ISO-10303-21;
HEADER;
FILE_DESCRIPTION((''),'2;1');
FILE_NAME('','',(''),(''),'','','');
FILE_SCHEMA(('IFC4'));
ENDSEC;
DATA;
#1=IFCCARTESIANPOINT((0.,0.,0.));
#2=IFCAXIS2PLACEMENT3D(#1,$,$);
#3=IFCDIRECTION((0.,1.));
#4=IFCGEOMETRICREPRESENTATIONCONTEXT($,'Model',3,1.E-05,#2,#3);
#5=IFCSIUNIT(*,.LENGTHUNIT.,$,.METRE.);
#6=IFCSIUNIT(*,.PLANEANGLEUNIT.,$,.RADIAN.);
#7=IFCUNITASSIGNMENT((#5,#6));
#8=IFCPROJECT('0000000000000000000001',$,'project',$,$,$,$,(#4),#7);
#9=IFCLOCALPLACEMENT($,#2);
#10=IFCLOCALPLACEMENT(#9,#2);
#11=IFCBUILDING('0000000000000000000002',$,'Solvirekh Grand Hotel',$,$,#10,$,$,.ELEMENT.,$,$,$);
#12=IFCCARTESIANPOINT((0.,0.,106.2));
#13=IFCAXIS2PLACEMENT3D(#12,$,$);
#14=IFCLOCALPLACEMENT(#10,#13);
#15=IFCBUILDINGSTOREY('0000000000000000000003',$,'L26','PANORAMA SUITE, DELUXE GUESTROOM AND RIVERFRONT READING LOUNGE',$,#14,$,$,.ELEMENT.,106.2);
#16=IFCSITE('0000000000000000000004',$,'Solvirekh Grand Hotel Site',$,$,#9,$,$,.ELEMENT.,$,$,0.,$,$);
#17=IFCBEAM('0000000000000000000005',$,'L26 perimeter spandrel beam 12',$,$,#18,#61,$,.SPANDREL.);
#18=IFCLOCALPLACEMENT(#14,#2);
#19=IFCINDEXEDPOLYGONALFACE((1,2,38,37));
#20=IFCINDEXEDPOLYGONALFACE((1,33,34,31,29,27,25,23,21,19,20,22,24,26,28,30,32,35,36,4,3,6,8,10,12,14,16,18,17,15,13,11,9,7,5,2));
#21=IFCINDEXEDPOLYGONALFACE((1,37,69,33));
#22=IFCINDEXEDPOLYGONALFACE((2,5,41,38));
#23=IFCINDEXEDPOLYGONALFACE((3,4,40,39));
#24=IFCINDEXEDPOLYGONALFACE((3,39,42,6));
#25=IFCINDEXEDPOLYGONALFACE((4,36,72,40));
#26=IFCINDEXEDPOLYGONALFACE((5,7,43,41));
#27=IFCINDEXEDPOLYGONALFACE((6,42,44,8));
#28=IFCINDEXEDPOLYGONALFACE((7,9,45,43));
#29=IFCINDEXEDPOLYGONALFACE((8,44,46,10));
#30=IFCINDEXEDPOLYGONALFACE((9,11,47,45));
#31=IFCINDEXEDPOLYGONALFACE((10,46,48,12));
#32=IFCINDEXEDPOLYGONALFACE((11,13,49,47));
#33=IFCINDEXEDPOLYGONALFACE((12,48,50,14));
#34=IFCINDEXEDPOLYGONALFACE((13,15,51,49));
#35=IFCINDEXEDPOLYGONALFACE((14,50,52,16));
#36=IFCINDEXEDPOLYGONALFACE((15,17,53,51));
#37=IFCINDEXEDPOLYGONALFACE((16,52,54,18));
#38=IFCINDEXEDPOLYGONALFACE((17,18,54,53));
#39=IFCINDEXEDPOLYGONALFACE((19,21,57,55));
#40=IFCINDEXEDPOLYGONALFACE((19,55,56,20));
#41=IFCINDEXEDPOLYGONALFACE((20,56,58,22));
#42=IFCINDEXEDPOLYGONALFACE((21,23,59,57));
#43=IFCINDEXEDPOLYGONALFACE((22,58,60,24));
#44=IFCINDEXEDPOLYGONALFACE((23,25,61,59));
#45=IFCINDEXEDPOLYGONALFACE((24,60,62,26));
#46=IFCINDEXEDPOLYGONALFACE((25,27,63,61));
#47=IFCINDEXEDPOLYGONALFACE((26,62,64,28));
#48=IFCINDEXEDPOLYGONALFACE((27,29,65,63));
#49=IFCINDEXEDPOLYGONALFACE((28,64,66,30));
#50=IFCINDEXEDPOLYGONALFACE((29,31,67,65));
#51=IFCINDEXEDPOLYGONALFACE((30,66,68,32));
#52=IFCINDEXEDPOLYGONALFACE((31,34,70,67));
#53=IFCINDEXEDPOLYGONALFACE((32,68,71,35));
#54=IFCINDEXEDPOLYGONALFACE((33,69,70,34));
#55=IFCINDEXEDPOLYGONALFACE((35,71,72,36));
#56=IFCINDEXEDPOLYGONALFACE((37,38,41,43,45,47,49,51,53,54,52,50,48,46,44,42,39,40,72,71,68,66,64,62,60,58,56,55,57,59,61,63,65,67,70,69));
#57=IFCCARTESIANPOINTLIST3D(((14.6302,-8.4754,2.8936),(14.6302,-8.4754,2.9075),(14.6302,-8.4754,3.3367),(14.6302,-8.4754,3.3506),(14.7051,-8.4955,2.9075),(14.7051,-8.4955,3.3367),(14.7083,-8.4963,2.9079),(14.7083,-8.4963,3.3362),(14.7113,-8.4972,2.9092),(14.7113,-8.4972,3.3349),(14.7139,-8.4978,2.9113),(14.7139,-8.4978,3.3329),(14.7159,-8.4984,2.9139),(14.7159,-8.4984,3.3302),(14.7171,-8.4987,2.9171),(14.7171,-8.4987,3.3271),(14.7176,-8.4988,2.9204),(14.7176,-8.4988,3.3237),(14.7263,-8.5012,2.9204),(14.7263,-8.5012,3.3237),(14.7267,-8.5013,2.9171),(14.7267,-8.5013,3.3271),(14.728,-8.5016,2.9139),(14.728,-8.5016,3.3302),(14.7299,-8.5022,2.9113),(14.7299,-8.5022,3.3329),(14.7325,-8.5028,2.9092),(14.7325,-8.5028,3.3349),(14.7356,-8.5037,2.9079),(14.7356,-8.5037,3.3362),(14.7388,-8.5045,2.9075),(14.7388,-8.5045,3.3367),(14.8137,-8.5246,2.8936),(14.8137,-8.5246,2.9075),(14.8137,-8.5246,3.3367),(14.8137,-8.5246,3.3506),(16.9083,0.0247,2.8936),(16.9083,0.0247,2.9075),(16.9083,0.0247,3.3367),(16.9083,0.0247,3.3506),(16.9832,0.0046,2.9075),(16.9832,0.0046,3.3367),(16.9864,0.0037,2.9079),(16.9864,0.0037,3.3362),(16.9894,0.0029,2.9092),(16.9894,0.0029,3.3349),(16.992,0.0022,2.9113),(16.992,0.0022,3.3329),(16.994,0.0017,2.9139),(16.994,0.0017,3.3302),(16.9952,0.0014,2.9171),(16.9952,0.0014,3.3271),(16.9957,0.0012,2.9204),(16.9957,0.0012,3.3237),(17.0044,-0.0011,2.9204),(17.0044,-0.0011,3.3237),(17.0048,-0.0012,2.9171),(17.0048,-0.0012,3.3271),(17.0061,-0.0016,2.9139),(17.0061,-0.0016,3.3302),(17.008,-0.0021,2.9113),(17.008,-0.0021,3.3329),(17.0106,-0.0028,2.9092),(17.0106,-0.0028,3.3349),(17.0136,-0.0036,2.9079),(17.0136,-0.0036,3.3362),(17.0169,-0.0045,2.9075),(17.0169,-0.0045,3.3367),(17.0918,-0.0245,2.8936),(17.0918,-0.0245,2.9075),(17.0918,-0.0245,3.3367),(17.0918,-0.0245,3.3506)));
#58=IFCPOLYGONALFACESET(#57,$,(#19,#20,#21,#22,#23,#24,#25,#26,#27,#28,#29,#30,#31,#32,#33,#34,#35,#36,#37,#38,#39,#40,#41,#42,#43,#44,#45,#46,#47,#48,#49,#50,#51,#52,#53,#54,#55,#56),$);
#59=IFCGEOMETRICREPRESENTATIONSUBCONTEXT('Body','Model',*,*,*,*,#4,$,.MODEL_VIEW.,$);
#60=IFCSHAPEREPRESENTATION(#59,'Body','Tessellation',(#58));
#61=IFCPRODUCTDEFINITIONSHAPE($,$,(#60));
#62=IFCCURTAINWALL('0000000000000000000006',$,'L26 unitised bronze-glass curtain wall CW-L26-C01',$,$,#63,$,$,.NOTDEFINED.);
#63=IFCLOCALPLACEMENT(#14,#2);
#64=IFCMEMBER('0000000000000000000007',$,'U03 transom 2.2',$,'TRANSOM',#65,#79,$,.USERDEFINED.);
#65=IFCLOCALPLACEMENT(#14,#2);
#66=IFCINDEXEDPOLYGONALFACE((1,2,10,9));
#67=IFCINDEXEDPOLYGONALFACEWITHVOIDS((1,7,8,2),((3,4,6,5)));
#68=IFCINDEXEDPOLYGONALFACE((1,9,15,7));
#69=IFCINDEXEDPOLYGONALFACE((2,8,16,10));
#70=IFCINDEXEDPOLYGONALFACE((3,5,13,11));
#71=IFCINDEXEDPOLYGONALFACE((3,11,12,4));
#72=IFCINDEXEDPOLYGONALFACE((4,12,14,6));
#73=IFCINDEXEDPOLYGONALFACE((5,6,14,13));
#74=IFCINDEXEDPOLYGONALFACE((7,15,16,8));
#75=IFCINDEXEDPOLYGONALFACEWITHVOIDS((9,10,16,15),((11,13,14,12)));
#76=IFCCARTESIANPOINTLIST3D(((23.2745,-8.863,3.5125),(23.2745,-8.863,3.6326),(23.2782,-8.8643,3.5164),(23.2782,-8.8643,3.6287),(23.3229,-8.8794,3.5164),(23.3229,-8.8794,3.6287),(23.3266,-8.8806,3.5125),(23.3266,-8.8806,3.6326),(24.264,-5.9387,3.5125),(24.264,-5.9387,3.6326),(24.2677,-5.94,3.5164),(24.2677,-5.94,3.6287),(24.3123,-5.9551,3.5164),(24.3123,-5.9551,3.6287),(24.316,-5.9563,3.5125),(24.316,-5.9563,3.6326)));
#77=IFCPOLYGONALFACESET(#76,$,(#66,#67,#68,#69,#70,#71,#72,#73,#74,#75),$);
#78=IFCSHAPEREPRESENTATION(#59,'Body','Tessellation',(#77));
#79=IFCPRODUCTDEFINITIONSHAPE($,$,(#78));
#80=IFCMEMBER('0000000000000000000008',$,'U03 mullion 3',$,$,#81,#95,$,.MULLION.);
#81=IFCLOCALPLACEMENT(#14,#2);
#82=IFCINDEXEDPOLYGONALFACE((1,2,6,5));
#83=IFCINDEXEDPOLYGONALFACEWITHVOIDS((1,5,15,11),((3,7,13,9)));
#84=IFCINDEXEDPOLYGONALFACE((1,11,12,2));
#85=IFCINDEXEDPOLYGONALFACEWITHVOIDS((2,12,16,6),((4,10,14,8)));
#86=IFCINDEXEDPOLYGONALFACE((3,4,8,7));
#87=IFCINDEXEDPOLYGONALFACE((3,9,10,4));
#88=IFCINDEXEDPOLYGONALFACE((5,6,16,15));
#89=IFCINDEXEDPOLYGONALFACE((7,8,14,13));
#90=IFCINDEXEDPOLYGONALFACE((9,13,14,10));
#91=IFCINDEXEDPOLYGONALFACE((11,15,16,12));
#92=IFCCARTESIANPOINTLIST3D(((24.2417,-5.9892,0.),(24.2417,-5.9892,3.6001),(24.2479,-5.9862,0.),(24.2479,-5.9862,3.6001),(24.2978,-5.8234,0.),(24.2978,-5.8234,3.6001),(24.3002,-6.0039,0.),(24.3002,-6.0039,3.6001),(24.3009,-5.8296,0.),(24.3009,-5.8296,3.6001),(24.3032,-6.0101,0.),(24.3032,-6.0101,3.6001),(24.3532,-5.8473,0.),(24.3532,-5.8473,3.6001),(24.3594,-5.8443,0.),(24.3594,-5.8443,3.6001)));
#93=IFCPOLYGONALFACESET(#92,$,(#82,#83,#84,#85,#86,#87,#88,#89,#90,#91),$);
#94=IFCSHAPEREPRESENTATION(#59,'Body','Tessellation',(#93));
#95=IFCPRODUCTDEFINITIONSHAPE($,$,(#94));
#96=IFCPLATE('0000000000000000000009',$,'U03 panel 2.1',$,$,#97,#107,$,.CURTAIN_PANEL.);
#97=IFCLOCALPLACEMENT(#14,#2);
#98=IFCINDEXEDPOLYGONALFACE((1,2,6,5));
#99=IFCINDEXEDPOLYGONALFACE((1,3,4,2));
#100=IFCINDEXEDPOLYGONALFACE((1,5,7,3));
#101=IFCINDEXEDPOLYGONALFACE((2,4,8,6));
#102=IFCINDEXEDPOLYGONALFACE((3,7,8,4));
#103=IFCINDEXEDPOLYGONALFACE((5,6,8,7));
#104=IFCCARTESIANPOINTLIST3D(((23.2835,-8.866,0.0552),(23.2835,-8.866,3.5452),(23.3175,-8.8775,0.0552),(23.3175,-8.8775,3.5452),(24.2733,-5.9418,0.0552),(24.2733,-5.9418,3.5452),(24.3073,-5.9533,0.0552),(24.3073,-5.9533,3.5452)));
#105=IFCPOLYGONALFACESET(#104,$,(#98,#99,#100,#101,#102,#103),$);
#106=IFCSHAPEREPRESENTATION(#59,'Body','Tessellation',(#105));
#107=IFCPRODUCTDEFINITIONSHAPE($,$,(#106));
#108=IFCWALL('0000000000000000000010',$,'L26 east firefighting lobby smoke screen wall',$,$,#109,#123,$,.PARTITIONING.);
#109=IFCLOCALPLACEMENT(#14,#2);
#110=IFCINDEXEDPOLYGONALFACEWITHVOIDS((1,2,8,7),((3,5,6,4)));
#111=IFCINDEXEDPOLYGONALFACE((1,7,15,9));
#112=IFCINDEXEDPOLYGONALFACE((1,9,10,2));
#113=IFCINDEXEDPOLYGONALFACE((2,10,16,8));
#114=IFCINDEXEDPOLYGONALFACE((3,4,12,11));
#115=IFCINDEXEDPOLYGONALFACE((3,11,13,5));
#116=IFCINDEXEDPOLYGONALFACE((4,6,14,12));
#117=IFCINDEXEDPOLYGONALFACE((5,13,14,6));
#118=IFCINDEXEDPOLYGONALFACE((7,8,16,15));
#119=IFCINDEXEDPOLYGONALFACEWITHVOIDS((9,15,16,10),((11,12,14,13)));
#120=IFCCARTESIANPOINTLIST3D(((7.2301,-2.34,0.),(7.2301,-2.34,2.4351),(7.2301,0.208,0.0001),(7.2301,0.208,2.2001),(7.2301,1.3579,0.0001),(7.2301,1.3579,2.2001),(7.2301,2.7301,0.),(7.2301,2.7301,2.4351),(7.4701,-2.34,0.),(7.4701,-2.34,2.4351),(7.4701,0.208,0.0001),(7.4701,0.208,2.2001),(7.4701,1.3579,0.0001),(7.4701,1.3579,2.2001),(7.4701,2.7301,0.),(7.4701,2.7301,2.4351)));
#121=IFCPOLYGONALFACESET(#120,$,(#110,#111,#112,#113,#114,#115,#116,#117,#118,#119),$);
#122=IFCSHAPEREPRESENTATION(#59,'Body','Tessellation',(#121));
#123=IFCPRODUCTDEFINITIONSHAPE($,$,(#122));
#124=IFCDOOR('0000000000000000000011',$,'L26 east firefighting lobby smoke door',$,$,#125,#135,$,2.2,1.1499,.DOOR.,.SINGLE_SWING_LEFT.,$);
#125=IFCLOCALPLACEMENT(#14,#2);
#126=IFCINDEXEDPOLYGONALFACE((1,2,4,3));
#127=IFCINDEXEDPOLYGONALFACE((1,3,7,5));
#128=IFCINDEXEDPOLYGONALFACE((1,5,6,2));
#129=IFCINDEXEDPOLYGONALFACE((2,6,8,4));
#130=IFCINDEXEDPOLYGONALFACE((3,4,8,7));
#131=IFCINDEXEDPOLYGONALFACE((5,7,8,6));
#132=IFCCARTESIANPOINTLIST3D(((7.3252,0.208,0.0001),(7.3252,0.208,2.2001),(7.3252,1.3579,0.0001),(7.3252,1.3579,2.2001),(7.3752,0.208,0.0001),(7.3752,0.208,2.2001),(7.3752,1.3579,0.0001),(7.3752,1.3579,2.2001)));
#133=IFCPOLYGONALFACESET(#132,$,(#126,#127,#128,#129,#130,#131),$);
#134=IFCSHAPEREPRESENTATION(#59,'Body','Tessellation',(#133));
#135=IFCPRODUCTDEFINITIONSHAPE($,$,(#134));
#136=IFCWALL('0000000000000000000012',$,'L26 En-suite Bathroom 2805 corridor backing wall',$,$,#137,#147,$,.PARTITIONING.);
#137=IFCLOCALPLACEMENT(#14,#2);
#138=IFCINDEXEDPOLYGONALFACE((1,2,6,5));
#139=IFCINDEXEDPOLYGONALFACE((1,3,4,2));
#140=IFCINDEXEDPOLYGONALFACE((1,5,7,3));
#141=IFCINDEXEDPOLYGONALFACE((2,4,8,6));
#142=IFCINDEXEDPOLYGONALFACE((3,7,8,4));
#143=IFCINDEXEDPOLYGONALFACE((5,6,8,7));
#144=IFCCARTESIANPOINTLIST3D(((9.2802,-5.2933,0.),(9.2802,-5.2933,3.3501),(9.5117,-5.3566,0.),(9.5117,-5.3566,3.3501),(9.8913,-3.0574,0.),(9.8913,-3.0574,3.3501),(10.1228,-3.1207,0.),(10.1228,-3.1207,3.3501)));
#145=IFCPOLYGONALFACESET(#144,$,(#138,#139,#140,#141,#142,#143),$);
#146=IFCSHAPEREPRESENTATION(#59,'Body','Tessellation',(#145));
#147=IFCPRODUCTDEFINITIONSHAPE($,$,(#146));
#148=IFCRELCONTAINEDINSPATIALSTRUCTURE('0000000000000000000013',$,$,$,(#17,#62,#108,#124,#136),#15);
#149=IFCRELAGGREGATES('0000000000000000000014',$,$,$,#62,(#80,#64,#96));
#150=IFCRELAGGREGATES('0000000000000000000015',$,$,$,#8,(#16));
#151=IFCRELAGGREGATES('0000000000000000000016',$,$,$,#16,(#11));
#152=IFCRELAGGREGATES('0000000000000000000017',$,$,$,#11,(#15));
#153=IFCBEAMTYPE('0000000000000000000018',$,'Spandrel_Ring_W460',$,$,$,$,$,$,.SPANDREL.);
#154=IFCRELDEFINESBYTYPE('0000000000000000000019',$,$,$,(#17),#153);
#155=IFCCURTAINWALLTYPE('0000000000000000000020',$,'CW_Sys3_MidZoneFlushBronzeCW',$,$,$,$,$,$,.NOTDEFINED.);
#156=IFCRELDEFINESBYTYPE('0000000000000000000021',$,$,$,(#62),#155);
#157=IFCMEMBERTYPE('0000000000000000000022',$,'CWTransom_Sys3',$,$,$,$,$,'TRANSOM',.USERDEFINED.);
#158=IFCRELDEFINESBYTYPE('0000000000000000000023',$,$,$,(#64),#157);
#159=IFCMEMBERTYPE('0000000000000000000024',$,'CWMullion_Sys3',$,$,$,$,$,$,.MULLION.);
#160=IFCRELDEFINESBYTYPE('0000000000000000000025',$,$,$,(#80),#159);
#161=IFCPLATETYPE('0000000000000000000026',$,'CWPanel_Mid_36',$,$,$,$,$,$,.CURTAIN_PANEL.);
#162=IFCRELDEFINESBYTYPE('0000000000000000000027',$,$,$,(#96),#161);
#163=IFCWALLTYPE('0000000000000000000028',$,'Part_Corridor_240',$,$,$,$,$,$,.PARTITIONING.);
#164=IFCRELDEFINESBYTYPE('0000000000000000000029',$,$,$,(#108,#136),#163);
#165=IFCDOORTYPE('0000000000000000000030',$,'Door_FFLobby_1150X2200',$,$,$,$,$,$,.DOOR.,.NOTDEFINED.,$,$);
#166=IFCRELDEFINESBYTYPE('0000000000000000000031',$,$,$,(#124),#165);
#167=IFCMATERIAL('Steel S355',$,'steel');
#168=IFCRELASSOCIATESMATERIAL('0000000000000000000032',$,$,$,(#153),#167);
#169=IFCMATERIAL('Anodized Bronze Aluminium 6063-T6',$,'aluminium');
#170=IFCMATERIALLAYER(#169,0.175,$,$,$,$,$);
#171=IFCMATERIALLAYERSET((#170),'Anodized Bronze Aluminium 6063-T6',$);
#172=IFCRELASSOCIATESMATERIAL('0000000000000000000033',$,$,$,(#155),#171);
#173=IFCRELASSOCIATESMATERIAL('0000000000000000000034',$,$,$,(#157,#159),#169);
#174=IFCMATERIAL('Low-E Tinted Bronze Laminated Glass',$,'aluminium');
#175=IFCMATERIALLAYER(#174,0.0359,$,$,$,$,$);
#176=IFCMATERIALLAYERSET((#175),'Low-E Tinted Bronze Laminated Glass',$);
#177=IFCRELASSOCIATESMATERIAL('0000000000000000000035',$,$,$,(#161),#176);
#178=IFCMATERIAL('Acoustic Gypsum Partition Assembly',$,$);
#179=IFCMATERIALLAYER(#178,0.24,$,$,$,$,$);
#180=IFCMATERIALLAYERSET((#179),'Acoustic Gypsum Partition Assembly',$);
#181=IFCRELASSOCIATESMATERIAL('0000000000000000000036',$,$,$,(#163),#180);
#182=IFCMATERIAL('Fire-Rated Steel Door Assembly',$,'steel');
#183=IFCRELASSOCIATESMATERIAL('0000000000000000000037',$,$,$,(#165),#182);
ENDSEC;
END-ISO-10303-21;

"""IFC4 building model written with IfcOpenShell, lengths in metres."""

from ifc_helpers import new_model, si_unit, direction, frame, frame_2d, origin, origin_2d, place, context, subcontext, project, spatial, rectangle, hollow_rectangle, i_section, extrude, source, transform, mapped, material, layer, layer_set, material_profile, profile_set, type_object, element, fill, aggregate, save


model = new_model("IFC4")

# Units and contexts
model_context = context("Model", 3, precision=1e-05, world=origin(), true_north=direction((0.0, 1.0)))
body_context = subcontext(model_context, "Body", "Model", "MODEL_VIEW")
ifc_project = project(units=[si_unit("LENGTHUNIT", "METRE"), si_unit("PLANEANGLEUNIT", "RADIAN")], contexts=[model_context])

# Site, building, storey
site_placement = place(None, origin())
site = spatial("IfcSite", under=ifc_project, at=site_placement, Name="Solvirekh Grand Hotel Site", CompositionType="ELEMENT", RefElevation=0.0)
building_placement = place(site_placement, origin())
building = spatial("IfcBuilding", under=site, at=building_placement, Name="Solvirekh Grand Hotel", CompositionType="ELEMENT")
storey_placement = place(building_placement, frame((0.0, 0.0, 106.2)))
storey = spatial("IfcBuildingStorey", under=building, at=storey_placement, Name="L26", Description="PANORAMA SUITE, DELUXE GUESTROOM AND RIVERFRONT READING LOUNGE", CompositionType="ELEMENT", Elevation=106.2)

# Beam
ifc_material_1 = material(Name="Steel S355", Category="steel")
ifc_material_profile_1 = material_profile(ifc_material_1, i_section(OverallWidth=0.1899, OverallDepth=0.457, WebThickness=0.009, FlangeThickness=0.0139, FilletRadius=0.0129, at=origin_2d()), Name="W460X74")
ifc_profile_set_1 = profile_set([ifc_material_profile_1], Name="Steel S355")
beam_type_1 = type_object("IfcBeamType", Name="Spandrel_Ring_W460", PredefinedType="SPANDREL", material=ifc_profile_set_1)
beam_1_placement = place(storey_placement, frame((14.7219, -8.5, 3.1221), z_axis=(0.258873, 0.965911, 0.0), x_axis=(-0.965911, 0.258873, 0.0)))
element("IfcBeam", 1, at=beam_1_placement, inside=storey, type_object=beam_type_1, Name="L26 perimeter spandrel beam 12", PredefinedType="SPANDREL", context=body_context, shape_type="SweptSolid", body=[
    extrude(i_section(OverallWidth=0.1899, OverallDepth=0.457, WebThickness=0.009, FlangeThickness=0.0139, FilletRadius=0.0129, at=origin_2d()), origin(), (0.0, 0.0, 1.0), 8.8),
])

# Curtain wall, members, plate
ifc_material_2 = material(Name="Anodized Bronze Aluminium 6063-T6", Category="aluminium")
ifc_layer_1 = layer(ifc_material_2, 0.175)
ifc_layer_set_1 = layer_set([ifc_layer_1], Name="Anodized Bronze Aluminium 6063-T6")
curtain_wall_type = type_object("IfcCurtainWallType", Name="CW_Sys3_MidZoneFlushBronzeCW", PredefinedType="NOTDEFINED", material=ifc_layer_set_1)
curtain_wall_placement = place(storey_placement, origin())
curtain_wall = element("IfcCurtainWall", 2, at=curtain_wall_placement, inside=storey, type_object=curtain_wall_type, Name="L26 unitised bronze-glass curtain wall CW-L26-C01", PredefinedType="NOTDEFINED")
ifc_material_profile_2 = material_profile(ifc_material_2, hollow_rectangle(XDim=0.0549, YDim=0.1201, WallThickness=0.0039, at=origin_2d()), Name="ALU RHS 120X55X4")
ifc_profile_set_2 = profile_set([ifc_material_profile_2], Name="Anodized Bronze Aluminium 6063-T6")
member_type_1 = type_object("IfcMemberType", Name="CWTransom_Sys3", ElementType="TRANSOM", PredefinedType="USERDEFINED", material=ifc_profile_set_2)
shared_shape_1 = source(origin(), body_context, "Body", "SweptSolid", [
    extrude(hollow_rectangle(XDim=0.0549, YDim=0.1201, WallThickness=0.0039, at=origin_2d()), origin(), (0.0, 0.0, 1.0), 3.0872),
])
member_1_placement = place(storey_placement, frame((23.3005, -8.8718, 3.5725), z_axis=(0.320519, 0.947242, 0.0), x_axis=(-0.947242, 0.320519, 0.0)))
member_1 = element("IfcMember", 3, at=member_1_placement, type_object=member_type_1, Name="U03 transom 2.2", ObjectType="TRANSOM", PredefinedType="USERDEFINED", context=body_context, shape_type="MappedRepresentation", body=[
    mapped(shared_shape_1, transform((0.0, 0.0, 0.0), x_axis=(1.0, 0.0, 0.0), y_axis=(0.0, 1.0, 0.0), z_axis=(0.0, 0.0, 1.0), scale=1.0)),
])
ifc_material_profile_3 = material_profile(ifc_material_2, hollow_rectangle(XDim=0.0649, YDim=0.175, WallThickness=0.0049, at=origin_2d()), Name="ALU RHS 175X65X5")
ifc_profile_set_3 = profile_set([ifc_material_profile_3], Name="Anodized Bronze Aluminium 6063-T6")
member_type_2 = type_object("IfcMemberType", Name="CWMullion_Sys3", PredefinedType="MULLION", material=ifc_profile_set_3)
shared_shape_2 = source(origin(), body_context, "Body", "SweptSolid", [
    extrude(hollow_rectangle(XDim=0.0649, YDim=0.175, WallThickness=0.0049, at=origin_2d()), origin(), (0.0, 0.0, 1.0), 3.6001),
])
member_2_placement = place(storey_placement, frame((24.3005, -5.9167, 0.0), z_axis=(0.0, 0.0, 1.0), x_axis=(-0.947213, 0.320605, 0.0)))
member_2 = element("IfcMember", 4, at=member_2_placement, type_object=member_type_2, Name="U03 mullion 3", PredefinedType="MULLION", context=body_context, shape_type="MappedRepresentation", body=[
    mapped(shared_shape_2, transform((0.0, 0.0, 0.0), x_axis=(1.0, 0.0, 0.0), y_axis=(0.0, 1.0, 0.0), z_axis=(0.0, 0.0, 1.0), scale=1.0)),
])
ifc_material_3 = material(Name="Low-E Tinted Bronze Laminated Glass", Category="aluminium")
ifc_layer_2 = layer(ifc_material_3, 0.0359)
ifc_layer_set_2 = layer_set([ifc_layer_2], Name="Low-E Tinted Bronze Laminated Glass")
plate_type = type_object("IfcPlateType", Name="CWPanel_Mid_36", PredefinedType="CURTAIN_PANEL", material=ifc_layer_set_2)
shared_shape_3 = source(origin(), body_context, "Body", "SweptSolid", [
    extrude(rectangle(XDim=3.0872, YDim=0.0359, at=origin_2d()), origin(), (0.0, 0.0, 1.0), 3.49),
])
plate_placement = place(storey_placement, frame((23.7954, -7.4097, 0.0552), z_axis=(0.0, 0.0, 1.0), x_axis=(0.320605, 0.947213, 0.0)))
plate = element("IfcPlate", 5, at=plate_placement, type_object=plate_type, Name="U03 panel 2.1", PredefinedType="CURTAIN_PANEL", context=body_context, shape_type="MappedRepresentation", body=[
    mapped(shared_shape_3, transform((0.0, 0.0, 0.0), x_axis=(1.0, 0.0, 0.0), y_axis=(0.0, 1.0, 0.0), z_axis=(0.0, 0.0, 1.0), scale=1.0)),
])
aggregate(curtain_wall, [member_2, member_1, plate])

# Wall, opening, door
ifc_material_4 = material(Name="Acoustic Gypsum Partition Assembly")
ifc_layer_3 = layer(ifc_material_4, 0.24)
ifc_layer_set_3 = layer_set([ifc_layer_3], Name="Acoustic Gypsum Partition Assembly")
wall_type_1 = type_object("IfcWallType", Name="Part_Corridor_240", PredefinedType="PARTITIONING", material=ifc_layer_set_3)
wall_1_placement = place(storey_placement, frame((7.3501, -2.3401, 0.0), z_axis=(0.0, 0.0, 1.0), x_axis=(0.0, 1.0, 0.0)))
wall_1 = element("IfcWall", 6, at=wall_1_placement, inside=storey, type_object=wall_type_1, Name="L26 east firefighting lobby smoke screen wall", PredefinedType="PARTITIONING", context=body_context, shape_type="SweptSolid", body=[
    extrude(rectangle(XDim=5.0701, YDim=0.24, at=frame_2d((2.5352, 0.0))), origin(), (0.0, 0.0, 1.0), 2.4351),
])
opening_1_placement = place(wall_1_placement, frame((2.5481, 0.0, 0.0)))
opening_1 = element("IfcOpeningElement", 7, at=opening_1_placement, cuts=wall_1, PredefinedType="OPENING", context=body_context, shape_type="SweptSolid", body=[
    extrude(rectangle(XDim=1.1499, YDim=2.2, at=frame_2d((0.575, 1.1001))), frame((0.0, 0.1299, 0.0), z_axis=(0.0, -1.0, 0.0), x_axis=(1.0, 0.0, 0.0)), (0.0, 0.0, 1.0), 0.26),
])
ifc_material_5 = material(Name="Fire-Rated Steel Door Assembly", Category="steel")
door_type_1 = type_object("IfcDoorType", Name="Door_FFLobby_1150X2200", OperationType="NOTDEFINED", PredefinedType="DOOR", material=ifc_material_5)
door_1_placement = place(opening_1_placement, origin())
door_1 = element("IfcDoor", 8, at=door_1_placement, inside=storey, type_object=door_type_1, Name="L26 east firefighting lobby smoke door", OperationType="SINGLE_SWING_LEFT", OverallHeight=2.2, OverallWidth=1.1499, PredefinedType="DOOR", context=body_context, shape_type="SweptSolid", body=[
    extrude(rectangle(XDim=1.1499, YDim=2.2, at=frame_2d((0.575, 1.1001))), frame((0.0, 0.0249, 0.0), z_axis=(0.0, -1.0, 0.0), x_axis=(1.0, 0.0, 0.0)), (0.0, 0.0, 1.0), 0.05),
])
fill(opening_1, door_1)

# Wall
wall_2_placement = place(storey_placement, frame((9.396, -5.325, 0.0), z_axis=(0.0, 0.0, 1.0), x_axis=(0.263643, 0.96462, 0.0)))
element("IfcWall", 9, at=wall_2_placement, inside=storey, type_object=wall_type_1, Name="L26 En-suite Bathroom 2805 corridor backing wall", PredefinedType="PARTITIONING", context=body_context, shape_type="SweptSolid", body=[
    extrude(rectangle(XDim=2.3179, YDim=0.24, at=frame_2d((1.1589, 0.0))), origin(), (0.0, 0.0, 1.0), 3.3501),
])

save(model, "model.ifc")
